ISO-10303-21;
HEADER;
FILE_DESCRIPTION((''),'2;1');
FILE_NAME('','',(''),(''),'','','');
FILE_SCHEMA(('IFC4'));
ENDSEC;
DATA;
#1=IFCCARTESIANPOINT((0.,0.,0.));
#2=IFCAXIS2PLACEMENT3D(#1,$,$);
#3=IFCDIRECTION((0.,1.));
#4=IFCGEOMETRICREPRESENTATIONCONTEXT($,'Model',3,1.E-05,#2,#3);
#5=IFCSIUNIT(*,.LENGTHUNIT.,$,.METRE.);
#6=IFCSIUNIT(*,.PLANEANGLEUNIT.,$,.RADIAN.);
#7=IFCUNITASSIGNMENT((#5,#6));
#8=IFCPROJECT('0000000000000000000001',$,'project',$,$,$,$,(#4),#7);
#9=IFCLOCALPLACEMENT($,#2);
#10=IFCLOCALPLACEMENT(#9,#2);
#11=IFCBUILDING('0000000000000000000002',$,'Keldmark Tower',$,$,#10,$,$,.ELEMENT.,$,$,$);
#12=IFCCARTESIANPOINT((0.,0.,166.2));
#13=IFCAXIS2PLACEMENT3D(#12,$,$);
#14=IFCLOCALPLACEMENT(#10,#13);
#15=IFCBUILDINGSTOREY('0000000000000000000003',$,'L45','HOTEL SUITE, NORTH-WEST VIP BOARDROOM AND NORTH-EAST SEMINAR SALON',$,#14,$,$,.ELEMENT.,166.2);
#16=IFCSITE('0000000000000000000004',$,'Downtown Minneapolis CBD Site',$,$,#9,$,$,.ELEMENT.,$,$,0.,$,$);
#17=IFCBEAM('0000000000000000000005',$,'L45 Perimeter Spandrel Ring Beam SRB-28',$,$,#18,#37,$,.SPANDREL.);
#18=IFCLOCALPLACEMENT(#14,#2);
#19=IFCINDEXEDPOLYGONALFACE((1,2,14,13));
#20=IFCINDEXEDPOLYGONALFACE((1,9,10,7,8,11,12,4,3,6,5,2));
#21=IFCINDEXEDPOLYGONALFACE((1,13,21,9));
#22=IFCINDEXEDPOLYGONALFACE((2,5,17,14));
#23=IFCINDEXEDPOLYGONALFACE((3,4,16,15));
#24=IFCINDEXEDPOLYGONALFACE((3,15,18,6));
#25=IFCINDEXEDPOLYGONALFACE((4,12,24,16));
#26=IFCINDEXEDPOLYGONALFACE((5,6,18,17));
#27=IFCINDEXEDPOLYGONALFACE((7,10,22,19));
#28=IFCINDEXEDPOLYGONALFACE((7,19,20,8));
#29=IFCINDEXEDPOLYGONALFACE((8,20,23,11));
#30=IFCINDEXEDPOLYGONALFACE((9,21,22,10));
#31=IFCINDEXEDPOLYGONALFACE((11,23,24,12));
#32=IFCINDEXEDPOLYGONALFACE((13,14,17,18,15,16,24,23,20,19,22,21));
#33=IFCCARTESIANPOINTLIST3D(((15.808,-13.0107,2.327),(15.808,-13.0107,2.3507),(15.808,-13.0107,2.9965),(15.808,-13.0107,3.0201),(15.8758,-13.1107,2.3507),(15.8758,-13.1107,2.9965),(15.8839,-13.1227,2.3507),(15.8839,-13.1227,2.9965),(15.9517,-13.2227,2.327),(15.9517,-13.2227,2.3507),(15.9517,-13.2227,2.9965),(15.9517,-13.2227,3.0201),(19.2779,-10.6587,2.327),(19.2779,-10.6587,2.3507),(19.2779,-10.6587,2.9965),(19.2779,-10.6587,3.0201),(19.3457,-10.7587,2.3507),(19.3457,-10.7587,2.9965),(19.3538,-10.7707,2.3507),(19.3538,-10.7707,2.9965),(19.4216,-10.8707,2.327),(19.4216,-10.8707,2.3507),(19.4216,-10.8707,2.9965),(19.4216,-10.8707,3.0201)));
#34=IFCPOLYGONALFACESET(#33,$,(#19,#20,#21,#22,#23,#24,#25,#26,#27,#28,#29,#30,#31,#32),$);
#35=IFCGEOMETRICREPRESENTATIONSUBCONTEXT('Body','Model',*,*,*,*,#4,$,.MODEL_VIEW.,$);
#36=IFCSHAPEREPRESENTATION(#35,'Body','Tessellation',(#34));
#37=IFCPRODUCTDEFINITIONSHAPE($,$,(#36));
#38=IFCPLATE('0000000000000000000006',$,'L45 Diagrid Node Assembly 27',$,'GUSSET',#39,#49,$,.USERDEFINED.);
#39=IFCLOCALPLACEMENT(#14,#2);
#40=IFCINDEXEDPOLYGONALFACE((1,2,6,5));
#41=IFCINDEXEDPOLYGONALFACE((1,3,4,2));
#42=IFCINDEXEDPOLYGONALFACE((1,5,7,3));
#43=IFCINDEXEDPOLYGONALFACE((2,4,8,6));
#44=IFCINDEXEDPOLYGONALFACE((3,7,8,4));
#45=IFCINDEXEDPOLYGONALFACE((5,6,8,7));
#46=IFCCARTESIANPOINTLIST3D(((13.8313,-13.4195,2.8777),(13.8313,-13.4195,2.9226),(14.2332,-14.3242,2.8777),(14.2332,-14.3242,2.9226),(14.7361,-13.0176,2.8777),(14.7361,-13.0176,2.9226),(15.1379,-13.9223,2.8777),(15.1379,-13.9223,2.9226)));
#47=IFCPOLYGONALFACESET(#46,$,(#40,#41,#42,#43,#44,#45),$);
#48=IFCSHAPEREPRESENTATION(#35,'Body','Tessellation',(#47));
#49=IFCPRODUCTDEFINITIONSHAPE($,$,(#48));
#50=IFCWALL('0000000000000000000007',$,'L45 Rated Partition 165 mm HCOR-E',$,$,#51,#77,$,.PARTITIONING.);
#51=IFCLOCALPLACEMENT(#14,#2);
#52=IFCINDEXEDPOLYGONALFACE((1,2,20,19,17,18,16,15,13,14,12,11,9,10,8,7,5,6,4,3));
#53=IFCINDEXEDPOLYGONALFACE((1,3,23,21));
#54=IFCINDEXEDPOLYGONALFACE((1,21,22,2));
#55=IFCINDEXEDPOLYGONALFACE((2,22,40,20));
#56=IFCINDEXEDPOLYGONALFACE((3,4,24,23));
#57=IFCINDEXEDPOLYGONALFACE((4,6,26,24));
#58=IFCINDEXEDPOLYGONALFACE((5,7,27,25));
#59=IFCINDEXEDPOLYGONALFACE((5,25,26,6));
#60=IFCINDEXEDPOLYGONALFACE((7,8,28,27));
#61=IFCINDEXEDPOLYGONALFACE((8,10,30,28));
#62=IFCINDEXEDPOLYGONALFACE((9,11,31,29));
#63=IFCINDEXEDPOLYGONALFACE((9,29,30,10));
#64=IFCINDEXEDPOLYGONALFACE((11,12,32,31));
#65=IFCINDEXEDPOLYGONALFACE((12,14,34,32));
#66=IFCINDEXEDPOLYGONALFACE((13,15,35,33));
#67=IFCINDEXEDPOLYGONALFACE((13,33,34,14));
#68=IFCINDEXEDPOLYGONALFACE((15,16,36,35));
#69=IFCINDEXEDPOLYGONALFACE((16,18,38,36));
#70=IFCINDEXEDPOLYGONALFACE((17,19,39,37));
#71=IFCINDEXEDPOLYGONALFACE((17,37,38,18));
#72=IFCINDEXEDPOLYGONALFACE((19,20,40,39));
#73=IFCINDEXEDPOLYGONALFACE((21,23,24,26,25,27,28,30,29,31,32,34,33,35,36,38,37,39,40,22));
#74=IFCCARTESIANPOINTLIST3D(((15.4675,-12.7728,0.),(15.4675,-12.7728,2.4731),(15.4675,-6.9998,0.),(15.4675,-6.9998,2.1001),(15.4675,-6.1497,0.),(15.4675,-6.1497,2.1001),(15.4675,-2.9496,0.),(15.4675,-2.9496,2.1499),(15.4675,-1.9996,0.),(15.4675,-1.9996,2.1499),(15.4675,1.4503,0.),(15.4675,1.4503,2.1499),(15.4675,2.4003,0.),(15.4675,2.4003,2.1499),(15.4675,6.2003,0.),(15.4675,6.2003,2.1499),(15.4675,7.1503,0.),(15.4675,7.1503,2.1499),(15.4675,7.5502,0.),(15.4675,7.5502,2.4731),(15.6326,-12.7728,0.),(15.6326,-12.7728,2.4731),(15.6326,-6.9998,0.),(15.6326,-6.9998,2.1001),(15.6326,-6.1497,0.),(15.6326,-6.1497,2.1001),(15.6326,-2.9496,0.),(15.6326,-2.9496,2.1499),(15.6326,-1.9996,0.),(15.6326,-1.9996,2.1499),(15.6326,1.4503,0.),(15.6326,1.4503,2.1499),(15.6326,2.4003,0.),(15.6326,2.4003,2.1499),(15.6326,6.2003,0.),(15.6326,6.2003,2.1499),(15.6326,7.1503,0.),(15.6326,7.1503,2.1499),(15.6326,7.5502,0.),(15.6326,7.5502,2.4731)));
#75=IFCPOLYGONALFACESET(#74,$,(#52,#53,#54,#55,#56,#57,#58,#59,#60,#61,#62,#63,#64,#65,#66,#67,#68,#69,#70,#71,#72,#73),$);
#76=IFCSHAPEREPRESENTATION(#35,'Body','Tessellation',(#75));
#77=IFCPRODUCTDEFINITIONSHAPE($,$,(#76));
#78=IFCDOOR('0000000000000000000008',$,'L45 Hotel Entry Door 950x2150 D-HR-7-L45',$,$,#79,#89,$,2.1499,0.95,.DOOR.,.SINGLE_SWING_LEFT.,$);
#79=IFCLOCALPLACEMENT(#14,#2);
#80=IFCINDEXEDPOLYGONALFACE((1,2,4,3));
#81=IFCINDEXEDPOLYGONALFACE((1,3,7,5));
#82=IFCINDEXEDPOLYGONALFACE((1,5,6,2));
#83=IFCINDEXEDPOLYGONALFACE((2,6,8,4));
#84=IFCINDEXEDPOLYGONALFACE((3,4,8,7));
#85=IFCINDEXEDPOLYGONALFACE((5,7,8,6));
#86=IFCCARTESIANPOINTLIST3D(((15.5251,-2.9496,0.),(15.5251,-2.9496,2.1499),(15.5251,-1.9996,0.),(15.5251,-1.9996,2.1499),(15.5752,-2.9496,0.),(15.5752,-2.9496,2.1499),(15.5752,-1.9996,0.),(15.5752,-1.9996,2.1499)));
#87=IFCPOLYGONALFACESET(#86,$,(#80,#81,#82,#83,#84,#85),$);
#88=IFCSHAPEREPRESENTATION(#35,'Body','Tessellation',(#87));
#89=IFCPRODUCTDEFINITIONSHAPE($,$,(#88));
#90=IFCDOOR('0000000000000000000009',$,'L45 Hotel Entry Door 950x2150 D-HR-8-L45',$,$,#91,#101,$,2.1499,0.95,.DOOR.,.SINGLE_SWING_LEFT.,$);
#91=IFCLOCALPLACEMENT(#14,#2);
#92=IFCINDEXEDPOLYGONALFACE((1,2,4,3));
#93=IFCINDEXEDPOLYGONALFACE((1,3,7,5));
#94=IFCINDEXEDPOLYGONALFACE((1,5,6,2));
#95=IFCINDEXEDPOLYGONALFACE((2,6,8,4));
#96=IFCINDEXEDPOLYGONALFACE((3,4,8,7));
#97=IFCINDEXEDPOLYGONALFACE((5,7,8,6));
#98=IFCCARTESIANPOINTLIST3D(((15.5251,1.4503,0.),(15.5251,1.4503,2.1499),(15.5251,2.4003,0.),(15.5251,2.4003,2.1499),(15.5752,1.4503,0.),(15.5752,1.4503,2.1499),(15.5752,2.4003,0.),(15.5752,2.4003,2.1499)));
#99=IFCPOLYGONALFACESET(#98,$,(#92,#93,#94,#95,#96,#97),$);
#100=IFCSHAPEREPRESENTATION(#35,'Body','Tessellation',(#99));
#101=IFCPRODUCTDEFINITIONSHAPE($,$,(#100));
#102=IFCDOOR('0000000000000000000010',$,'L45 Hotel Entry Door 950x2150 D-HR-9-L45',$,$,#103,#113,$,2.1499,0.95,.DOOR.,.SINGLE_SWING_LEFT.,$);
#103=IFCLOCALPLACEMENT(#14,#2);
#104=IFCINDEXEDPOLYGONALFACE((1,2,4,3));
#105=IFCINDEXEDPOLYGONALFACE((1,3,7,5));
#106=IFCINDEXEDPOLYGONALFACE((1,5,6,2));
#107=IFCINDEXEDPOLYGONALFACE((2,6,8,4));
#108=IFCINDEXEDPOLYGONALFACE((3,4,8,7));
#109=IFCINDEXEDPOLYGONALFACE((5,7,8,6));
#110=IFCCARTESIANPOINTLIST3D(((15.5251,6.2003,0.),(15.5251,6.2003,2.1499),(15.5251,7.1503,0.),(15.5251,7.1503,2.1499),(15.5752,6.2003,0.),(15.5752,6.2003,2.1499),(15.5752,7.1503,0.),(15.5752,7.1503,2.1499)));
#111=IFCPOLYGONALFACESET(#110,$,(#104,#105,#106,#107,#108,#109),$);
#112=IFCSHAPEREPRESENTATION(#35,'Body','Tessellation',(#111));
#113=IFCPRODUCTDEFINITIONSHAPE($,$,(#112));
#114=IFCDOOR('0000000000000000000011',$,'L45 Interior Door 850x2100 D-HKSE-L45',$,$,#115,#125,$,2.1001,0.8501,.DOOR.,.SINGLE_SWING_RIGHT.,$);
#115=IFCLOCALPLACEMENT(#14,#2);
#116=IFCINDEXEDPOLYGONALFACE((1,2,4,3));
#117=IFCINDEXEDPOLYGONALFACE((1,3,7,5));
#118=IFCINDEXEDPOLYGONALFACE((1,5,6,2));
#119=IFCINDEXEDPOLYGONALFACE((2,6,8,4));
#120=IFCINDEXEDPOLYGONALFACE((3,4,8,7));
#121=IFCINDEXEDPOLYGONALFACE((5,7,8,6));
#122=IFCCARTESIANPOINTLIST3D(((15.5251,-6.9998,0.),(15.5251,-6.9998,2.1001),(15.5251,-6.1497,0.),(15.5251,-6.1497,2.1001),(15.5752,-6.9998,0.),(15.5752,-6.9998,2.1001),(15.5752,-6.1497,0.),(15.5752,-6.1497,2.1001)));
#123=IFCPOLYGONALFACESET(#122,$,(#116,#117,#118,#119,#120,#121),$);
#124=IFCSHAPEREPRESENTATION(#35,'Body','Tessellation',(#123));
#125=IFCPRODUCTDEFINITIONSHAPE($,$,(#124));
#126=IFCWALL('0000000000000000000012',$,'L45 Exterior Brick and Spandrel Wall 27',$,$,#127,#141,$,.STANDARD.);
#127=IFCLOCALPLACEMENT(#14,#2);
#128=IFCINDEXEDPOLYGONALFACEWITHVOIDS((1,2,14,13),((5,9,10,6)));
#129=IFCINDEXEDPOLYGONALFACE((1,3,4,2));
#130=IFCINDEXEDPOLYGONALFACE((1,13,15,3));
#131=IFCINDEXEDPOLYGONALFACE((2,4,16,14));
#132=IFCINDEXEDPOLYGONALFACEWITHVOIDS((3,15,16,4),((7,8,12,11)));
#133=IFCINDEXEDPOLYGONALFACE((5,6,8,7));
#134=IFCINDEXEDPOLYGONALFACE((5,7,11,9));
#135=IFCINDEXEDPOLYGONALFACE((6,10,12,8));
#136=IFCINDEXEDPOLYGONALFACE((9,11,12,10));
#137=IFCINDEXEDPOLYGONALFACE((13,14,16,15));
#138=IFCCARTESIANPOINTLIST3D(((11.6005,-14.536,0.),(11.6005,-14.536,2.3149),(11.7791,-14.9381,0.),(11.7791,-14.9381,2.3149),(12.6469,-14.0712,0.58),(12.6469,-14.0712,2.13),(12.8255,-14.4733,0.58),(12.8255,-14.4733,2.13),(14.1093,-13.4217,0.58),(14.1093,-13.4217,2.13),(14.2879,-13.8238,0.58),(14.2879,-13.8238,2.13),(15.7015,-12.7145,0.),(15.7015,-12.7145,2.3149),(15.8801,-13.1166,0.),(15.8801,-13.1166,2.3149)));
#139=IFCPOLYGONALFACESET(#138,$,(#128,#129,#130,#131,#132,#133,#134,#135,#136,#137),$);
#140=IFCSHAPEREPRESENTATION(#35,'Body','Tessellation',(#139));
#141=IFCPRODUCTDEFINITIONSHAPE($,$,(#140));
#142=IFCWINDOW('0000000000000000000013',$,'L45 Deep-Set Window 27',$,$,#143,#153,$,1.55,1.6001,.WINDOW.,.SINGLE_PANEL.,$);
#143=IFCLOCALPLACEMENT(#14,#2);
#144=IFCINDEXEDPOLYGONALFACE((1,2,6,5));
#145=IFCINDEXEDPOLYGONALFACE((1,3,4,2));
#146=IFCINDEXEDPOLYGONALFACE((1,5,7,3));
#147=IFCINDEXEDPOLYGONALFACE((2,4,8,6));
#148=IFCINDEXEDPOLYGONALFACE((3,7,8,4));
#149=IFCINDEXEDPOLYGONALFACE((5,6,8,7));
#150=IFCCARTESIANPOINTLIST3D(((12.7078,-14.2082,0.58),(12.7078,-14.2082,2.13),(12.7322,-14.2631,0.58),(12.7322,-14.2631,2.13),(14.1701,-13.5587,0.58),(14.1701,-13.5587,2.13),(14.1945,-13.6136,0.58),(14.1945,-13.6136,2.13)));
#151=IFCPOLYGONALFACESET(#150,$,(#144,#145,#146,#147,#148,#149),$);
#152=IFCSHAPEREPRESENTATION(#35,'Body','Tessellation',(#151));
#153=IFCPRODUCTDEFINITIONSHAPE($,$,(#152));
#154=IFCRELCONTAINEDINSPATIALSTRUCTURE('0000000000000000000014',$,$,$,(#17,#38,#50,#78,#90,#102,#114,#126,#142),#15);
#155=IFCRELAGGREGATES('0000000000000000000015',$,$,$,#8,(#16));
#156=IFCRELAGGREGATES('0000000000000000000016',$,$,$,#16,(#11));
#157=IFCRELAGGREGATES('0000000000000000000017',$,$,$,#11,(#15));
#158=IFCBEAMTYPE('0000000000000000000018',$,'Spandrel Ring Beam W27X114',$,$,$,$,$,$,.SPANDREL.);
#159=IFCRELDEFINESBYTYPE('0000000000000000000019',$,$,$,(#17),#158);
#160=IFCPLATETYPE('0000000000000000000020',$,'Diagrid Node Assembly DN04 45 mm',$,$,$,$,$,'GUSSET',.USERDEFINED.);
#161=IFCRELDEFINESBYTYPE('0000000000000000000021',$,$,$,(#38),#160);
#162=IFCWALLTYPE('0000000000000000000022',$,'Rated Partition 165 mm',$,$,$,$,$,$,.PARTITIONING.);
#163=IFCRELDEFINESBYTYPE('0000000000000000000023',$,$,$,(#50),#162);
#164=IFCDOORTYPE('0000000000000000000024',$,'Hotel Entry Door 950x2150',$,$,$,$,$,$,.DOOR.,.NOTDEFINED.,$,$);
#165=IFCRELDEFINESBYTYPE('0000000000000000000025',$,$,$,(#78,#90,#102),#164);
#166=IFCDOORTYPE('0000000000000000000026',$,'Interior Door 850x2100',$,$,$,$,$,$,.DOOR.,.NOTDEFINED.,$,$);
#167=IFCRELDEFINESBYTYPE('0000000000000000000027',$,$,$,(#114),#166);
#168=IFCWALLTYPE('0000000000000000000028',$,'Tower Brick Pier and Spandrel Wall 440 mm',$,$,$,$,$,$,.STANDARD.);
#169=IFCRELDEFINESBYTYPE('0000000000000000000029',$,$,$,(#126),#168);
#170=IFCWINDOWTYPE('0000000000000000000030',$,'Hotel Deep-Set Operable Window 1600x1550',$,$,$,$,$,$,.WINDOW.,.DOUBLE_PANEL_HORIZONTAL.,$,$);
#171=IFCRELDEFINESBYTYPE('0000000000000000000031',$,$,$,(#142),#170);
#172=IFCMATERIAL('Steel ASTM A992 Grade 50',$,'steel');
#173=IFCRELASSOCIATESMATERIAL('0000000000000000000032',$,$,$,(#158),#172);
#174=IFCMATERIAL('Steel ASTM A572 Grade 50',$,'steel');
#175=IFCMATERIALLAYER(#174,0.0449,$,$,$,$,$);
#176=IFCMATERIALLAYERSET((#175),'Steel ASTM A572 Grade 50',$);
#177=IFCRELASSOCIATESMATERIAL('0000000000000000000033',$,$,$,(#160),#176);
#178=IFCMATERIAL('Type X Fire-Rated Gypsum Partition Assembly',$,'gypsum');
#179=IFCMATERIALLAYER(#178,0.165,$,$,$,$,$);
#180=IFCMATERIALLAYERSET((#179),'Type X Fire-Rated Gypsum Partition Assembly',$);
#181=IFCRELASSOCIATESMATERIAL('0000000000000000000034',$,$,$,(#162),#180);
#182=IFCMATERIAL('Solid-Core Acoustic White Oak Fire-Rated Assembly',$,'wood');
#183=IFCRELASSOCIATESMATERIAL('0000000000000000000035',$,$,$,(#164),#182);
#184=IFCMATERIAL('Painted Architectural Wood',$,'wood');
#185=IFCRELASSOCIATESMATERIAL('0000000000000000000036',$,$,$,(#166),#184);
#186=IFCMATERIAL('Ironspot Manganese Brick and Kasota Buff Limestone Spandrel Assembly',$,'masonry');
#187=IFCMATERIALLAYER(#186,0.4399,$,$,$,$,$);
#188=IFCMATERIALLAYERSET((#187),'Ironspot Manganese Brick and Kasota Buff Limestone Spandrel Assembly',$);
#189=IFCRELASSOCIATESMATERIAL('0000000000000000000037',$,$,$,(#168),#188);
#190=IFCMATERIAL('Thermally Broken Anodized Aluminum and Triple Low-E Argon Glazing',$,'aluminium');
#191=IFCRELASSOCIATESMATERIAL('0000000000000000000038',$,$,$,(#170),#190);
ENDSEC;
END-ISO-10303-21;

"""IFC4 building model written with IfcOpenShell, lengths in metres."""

from ifc_helpers import new_model, si_unit, direction, frame, frame_2d, origin, origin_2d, place, context, subcontext, project, spatial, rectangle, i_section, extrude, material, layer, layer_set, material_profile, profile_set, type_object, element, fill, save


model = new_model("IFC4")

# Units and contexts
model_context = context("Model", 3, precision=1e-05, world=origin(), true_north=direction((0.0, 1.0)))
body_context = subcontext(model_context, "Body", "Model", "MODEL_VIEW")
ifc_project = project(units=[si_unit("LENGTHUNIT", "METRE"), si_unit("PLANEANGLEUNIT", "RADIAN")], contexts=[model_context])

# Site, building, storey
site_placement = place(None, origin())
site = spatial("IfcSite", under=ifc_project, at=site_placement, Name="Downtown Minneapolis CBD Site", CompositionType="ELEMENT", RefElevation=0.0)
building_placement = place(site_placement, origin())
building = spatial("IfcBuilding", under=site, at=building_placement, Name="Keldmark Tower", CompositionType="ELEMENT")
storey_placement = place(building_placement, frame((0.0, 0.0, 166.2)))
storey = spatial("IfcBuildingStorey", under=building, at=storey_placement, Name="L45", Description="HOTEL SUITE, NORTH-WEST VIP BOARDROOM AND NORTH-EAST SEMINAR SALON", CompositionType="ELEMENT", Elevation=166.2)

# Beam
ifc_material_1 = material(Name="Steel ASTM A992 Grade 50", Category="steel")
ifc_material_profile_1 = material_profile(ifc_material_1, i_section(OverallWidth=0.2561, OverallDepth=0.6931, WebThickness=0.0144, FlangeThickness=0.0237, at=origin_2d()), Name="W27X114")
ifc_profile_set_1 = profile_set([ifc_material_profile_1], Name="Steel ASTM A992 Grade 50")
beam_type_1 = type_object("IfcBeamType", Name="Spandrel Ring Beam W27X114", PredefinedType="SPANDREL", material=ifc_profile_set_1)
beam_1_placement = place(storey_placement, frame((15.8799, -13.1167, 2.6736), z_axis=(0.827761, 0.561081, 0.0), x_axis=(-0.561081, 0.827761, 0.0)))
element("IfcBeam", 1, at=beam_1_placement, inside=storey, type_object=beam_type_1, Name="L45 Perimeter Spandrel Ring Beam SRB-28", PredefinedType="SPANDREL", context=body_context, shape_type="SweptSolid", body=[
    extrude(i_section(OverallWidth=0.2561, OverallDepth=0.6931, WebThickness=0.0144, FlangeThickness=0.0237, at=origin_2d()), origin(), (0.0, 0.0, 1.0), 4.1919),
])

# Plate
ifc_material_2 = material(Name="Steel ASTM A572 Grade 50", Category="steel")
ifc_layer_1 = layer(ifc_material_2, 0.0449)
ifc_layer_set_1 = layer_set([ifc_layer_1], Name="Steel ASTM A572 Grade 50")
plate_type = type_object("IfcPlateType", Name="Diagrid Node Assembly DN04 45 mm", ElementType="GUSSET", PredefinedType="USERDEFINED", material=ifc_layer_set_1)
plate_placement = place(storey_placement, frame((14.4846, -13.6709, 2.8777), z_axis=(0.0, 0.0, 1.0), x_axis=(0.9139, 0.405939, 0.0)))
element("IfcPlate", 2, at=plate_placement, inside=storey, type_object=plate_type, Name="L45 Diagrid Node Assembly 27", ObjectType="GUSSET", PredefinedType="USERDEFINED", context=body_context, shape_type="SweptSolid", body=[
    extrude(rectangle(XDim=0.99, YDim=0.99, at=origin_2d()), origin(), (0.0, 0.0, 1.0), 0.0449),
])

# Wall, openings, doors
ifc_material_3 = material(Name="Type X Fire-Rated Gypsum Partition Assembly", Category="gypsum")
ifc_layer_2 = layer(ifc_material_3, 0.165)
ifc_layer_set_2 = layer_set([ifc_layer_2], Name="Type X Fire-Rated Gypsum Partition Assembly")
wall_type_1 = type_object("IfcWallType", Name="Rated Partition 165 mm", PredefinedType="PARTITIONING", material=ifc_layer_set_2)
wall_1_placement = place(storey_placement, frame((15.55, -12.7729, 0.0), z_axis=(0.0, 0.0, 1.0), x_axis=(0.0, 1.0, 0.0)))
wall_1 = element("IfcWall", 3, at=wall_1_placement, inside=storey, type_object=wall_type_1, Name="L45 Rated Partition 165 mm HCOR-E", PredefinedType="PARTITIONING", context=body_context, shape_type="SweptSolid", body=[
    extrude(rectangle(XDim=20.323, YDim=0.165, at=frame_2d((10.1616, 0.0))), origin(), (0.0, 0.0, 1.0), 2.4731),
])
opening_1_placement = place(wall_1_placement, frame((5.7732, 0.0, 0.0)))
opening_1 = element("IfcOpeningElement", 4, at=opening_1_placement, cuts=wall_1, PredefinedType="OPENING", context=body_context, shape_type="SweptSolid", body=[
    extrude(rectangle(XDim=0.8501, YDim=2.1001, at=frame_2d((0.425, 1.05))), frame((0.0, 0.0925, 0.0), z_axis=(0.0, -1.0, 0.0), x_axis=(1.0, 0.0, 0.0)), (0.0, 0.0, 1.0), 0.1851),
])
opening_2_placement = place(wall_1_placement, frame((9.8232, 0.0, 0.0)))
opening_2 = element("IfcOpeningElement", 5, at=opening_2_placement, cuts=wall_1, PredefinedType="OPENING", context=body_context, shape_type="SweptSolid", body=[
    extrude(rectangle(XDim=0.95, YDim=2.1499, at=frame_2d((0.4751, 1.075))), frame((0.0, 0.0925, 0.0), z_axis=(0.0, -1.0, 0.0), x_axis=(1.0, 0.0, 0.0)), (0.0, 0.0, 1.0), 0.1851),
])
opening_3_placement = place(wall_1_placement, frame((14.2231, 0.0, 0.0)))
opening_3 = element("IfcOpeningElement", 6, at=opening_3_placement, cuts=wall_1, PredefinedType="OPENING", context=body_context, shape_type="SweptSolid", body=[
    extrude(rectangle(XDim=0.95, YDim=2.1499, at=frame_2d((0.4751, 1.075))), frame((0.0, 0.0925, 0.0), z_axis=(0.0, -1.0, 0.0), x_axis=(1.0, 0.0, 0.0)), (0.0, 0.0, 1.0), 0.1851),
])
opening_4_placement = place(wall_1_placement, frame((18.9731, 0.0, 0.0)))
opening_4 = element("IfcOpeningElement", 7, at=opening_4_placement, cuts=wall_1, PredefinedType="OPENING", context=body_context, shape_type="SweptSolid", body=[
    extrude(rectangle(XDim=0.95, YDim=2.1499, at=frame_2d((0.4751, 1.075))), frame((0.0, 0.0925, 0.0), z_axis=(0.0, -1.0, 0.0), x_axis=(1.0, 0.0, 0.0)), (0.0, 0.0, 1.0), 0.1851),
])
ifc_material_4 = material(Name="Solid-Core Acoustic White Oak Fire-Rated Assembly", Category="wood")
door_type_1 = type_object("IfcDoorType", Name="Hotel Entry Door 950x2150", OperationType="NOTDEFINED", PredefinedType="DOOR", material=ifc_material_4)
door_1_placement = place(opening_2_placement, origin())
door_1 = element("IfcDoor", 8, at=door_1_placement, inside=storey, type_object=door_type_1, Name="L45 Hotel Entry Door 950x2150 D-HR-7-L45", OperationType="SINGLE_SWING_LEFT", OverallHeight=2.1499, OverallWidth=0.95, PredefinedType="DOOR", context=body_context, shape_type="SweptSolid", body=[
    extrude(rectangle(XDim=0.95, YDim=2.1499, at=frame_2d((0.4751, 1.075))), frame((0.0, 0.0249, 0.0), z_axis=(0.0, -1.0, 0.0), x_axis=(1.0, 0.0, 0.0)), (0.0, 0.0, 1.0), 0.05),
])
fill(opening_2, door_1)
door_2_placement = place(opening_3_placement, origin())
door_2 = element("IfcDoor", 9, at=door_2_placement, inside=storey, type_object=door_type_1, Name="L45 Hotel Entry Door 950x2150 D-HR-8-L45", OperationType="SINGLE_SWING_LEFT", OverallHeight=2.1499, OverallWidth=0.95, PredefinedType="DOOR", context=body_context, shape_type="SweptSolid", body=[
    extrude(rectangle(XDim=0.95, YDim=2.1499, at=frame_2d((0.4751, 1.075))), frame((0.0, 0.0249, 0.0), z_axis=(0.0, -1.0, 0.0), x_axis=(1.0, 0.0, 0.0)), (0.0, 0.0, 1.0), 0.05),
])
fill(opening_3, door_2)
door_3_placement = place(opening_4_placement, origin())
door_3 = element("IfcDoor", 10, at=door_3_placement, inside=storey, type_object=door_type_1, Name="L45 Hotel Entry Door 950x2150 D-HR-9-L45", OperationType="SINGLE_SWING_LEFT", OverallHeight=2.1499, OverallWidth=0.95, PredefinedType="DOOR", context=body_context, shape_type="SweptSolid", body=[
    extrude(rectangle(XDim=0.95, YDim=2.1499, at=frame_2d((0.4751, 1.075))), frame((0.0, 0.0249, 0.0), z_axis=(0.0, -1.0, 0.0), x_axis=(1.0, 0.0, 0.0)), (0.0, 0.0, 1.0), 0.05),
])
fill(opening_4, door_3)
ifc_material_5 = material(Name="Painted Architectural Wood", Category="wood")
door_type_2 = type_object("IfcDoorType", Name="Interior Door 850x2100", OperationType="NOTDEFINED", PredefinedType="DOOR", material=ifc_material_5)
door_4_placement = place(opening_1_placement, origin())
door_4 = element("IfcDoor", 11, at=door_4_placement, inside=storey, type_object=door_type_2, Name="L45 Interior Door 850x2100 D-HKSE-L45", OperationType="SINGLE_SWING_RIGHT", OverallHeight=2.1001, OverallWidth=0.8501, PredefinedType="DOOR", context=body_context, shape_type="SweptSolid", body=[
    extrude(rectangle(XDim=0.8501, YDim=2.1001, at=frame_2d((0.425, 1.05))), frame((0.0, 0.0249, 0.0), z_axis=(0.0, -1.0, 0.0), x_axis=(1.0, 0.0, 0.0)), (0.0, 0.0, 1.0), 0.05),
])
fill(opening_1, door_4)

# Wall, opening, window
ifc_material_6 = material(Name="Ironspot Manganese Brick and Kasota Buff Limestone Spandrel Assembly", Category="masonry")
ifc_layer_3 = layer(ifc_material_6, 0.4399)
ifc_layer_set_3 = layer_set([ifc_layer_3], Name="Ironspot Manganese Brick and Kasota Buff Limestone Spandrel Assembly")
wall_type_2 = type_object("IfcWallType", Name="Tower Brick Pier and Spandrel Wall 440 mm", PredefinedType="STANDARD", material=ifc_layer_set_3)
wall_2_placement = place(storey_placement, frame((15.7908, -12.9155, 0.0), z_axis=(0.0, 0.0, 1.0), x_axis=(-0.913908, -0.405921, 0.0)))
wall_2 = element("IfcWall", 12, at=wall_2_placement, inside=storey, type_object=wall_type_2, Name="L45 Exterior Brick and Spandrel Wall 27", PredefinedType="STANDARD", context=body_context, shape_type="SweptSolid", body=[
    extrude(rectangle(XDim=4.4873, YDim=0.4399, at=frame_2d((2.2437, 0.0))), origin(), (0.0, 0.0, 1.0), 2.3149),
])
opening_5_placement = place(wall_2_placement, frame((1.7422, 0.0, 0.5801)))
opening_5 = element("IfcOpeningElement", 13, at=opening_5_placement, cuts=wall_2, PredefinedType="OPENING", context=body_context, shape_type="SweptSolid", body=[
    extrude(rectangle(XDim=1.6001, YDim=1.55, at=frame_2d((0.8, 0.7749))), frame((0.0, 0.23, 0.0), z_axis=(0.0, -1.0, 0.0), x_axis=(1.0, 0.0, 0.0)), (0.0, 0.0, 1.0), 0.46),
])
ifc_material_7 = material(Name="Thermally Broken Anodized Aluminum and Triple Low-E Argon Glazing", Category="aluminium")
window_type = type_object("IfcWindowType", Name="Hotel Deep-Set Operable Window 1600x1550", PartitioningType="DOUBLE_PANEL_HORIZONTAL", PredefinedType="WINDOW", material=ifc_material_7)
window_placement = place(opening_5_placement, origin())
window = element("IfcWindow", 14, at=window_placement, inside=storey, type_object=window_type, Name="L45 Deep-Set Window 27", OverallHeight=1.55, OverallWidth=1.6001, PartitioningType="SINGLE_PANEL", PredefinedType="WINDOW", context=body_context, shape_type="SweptSolid", body=[
    extrude(rectangle(XDim=1.6001, YDim=1.55, at=frame_2d((0.8, 0.7749))), frame((0.0, -0.01, 0.0), z_axis=(0.0, -1.0, 0.0), x_axis=(1.0, 0.0, 0.0)), (0.0, 0.0, 1.0), 0.0601),
])
fill(opening_5, window)

save(model, "model.ifc")
